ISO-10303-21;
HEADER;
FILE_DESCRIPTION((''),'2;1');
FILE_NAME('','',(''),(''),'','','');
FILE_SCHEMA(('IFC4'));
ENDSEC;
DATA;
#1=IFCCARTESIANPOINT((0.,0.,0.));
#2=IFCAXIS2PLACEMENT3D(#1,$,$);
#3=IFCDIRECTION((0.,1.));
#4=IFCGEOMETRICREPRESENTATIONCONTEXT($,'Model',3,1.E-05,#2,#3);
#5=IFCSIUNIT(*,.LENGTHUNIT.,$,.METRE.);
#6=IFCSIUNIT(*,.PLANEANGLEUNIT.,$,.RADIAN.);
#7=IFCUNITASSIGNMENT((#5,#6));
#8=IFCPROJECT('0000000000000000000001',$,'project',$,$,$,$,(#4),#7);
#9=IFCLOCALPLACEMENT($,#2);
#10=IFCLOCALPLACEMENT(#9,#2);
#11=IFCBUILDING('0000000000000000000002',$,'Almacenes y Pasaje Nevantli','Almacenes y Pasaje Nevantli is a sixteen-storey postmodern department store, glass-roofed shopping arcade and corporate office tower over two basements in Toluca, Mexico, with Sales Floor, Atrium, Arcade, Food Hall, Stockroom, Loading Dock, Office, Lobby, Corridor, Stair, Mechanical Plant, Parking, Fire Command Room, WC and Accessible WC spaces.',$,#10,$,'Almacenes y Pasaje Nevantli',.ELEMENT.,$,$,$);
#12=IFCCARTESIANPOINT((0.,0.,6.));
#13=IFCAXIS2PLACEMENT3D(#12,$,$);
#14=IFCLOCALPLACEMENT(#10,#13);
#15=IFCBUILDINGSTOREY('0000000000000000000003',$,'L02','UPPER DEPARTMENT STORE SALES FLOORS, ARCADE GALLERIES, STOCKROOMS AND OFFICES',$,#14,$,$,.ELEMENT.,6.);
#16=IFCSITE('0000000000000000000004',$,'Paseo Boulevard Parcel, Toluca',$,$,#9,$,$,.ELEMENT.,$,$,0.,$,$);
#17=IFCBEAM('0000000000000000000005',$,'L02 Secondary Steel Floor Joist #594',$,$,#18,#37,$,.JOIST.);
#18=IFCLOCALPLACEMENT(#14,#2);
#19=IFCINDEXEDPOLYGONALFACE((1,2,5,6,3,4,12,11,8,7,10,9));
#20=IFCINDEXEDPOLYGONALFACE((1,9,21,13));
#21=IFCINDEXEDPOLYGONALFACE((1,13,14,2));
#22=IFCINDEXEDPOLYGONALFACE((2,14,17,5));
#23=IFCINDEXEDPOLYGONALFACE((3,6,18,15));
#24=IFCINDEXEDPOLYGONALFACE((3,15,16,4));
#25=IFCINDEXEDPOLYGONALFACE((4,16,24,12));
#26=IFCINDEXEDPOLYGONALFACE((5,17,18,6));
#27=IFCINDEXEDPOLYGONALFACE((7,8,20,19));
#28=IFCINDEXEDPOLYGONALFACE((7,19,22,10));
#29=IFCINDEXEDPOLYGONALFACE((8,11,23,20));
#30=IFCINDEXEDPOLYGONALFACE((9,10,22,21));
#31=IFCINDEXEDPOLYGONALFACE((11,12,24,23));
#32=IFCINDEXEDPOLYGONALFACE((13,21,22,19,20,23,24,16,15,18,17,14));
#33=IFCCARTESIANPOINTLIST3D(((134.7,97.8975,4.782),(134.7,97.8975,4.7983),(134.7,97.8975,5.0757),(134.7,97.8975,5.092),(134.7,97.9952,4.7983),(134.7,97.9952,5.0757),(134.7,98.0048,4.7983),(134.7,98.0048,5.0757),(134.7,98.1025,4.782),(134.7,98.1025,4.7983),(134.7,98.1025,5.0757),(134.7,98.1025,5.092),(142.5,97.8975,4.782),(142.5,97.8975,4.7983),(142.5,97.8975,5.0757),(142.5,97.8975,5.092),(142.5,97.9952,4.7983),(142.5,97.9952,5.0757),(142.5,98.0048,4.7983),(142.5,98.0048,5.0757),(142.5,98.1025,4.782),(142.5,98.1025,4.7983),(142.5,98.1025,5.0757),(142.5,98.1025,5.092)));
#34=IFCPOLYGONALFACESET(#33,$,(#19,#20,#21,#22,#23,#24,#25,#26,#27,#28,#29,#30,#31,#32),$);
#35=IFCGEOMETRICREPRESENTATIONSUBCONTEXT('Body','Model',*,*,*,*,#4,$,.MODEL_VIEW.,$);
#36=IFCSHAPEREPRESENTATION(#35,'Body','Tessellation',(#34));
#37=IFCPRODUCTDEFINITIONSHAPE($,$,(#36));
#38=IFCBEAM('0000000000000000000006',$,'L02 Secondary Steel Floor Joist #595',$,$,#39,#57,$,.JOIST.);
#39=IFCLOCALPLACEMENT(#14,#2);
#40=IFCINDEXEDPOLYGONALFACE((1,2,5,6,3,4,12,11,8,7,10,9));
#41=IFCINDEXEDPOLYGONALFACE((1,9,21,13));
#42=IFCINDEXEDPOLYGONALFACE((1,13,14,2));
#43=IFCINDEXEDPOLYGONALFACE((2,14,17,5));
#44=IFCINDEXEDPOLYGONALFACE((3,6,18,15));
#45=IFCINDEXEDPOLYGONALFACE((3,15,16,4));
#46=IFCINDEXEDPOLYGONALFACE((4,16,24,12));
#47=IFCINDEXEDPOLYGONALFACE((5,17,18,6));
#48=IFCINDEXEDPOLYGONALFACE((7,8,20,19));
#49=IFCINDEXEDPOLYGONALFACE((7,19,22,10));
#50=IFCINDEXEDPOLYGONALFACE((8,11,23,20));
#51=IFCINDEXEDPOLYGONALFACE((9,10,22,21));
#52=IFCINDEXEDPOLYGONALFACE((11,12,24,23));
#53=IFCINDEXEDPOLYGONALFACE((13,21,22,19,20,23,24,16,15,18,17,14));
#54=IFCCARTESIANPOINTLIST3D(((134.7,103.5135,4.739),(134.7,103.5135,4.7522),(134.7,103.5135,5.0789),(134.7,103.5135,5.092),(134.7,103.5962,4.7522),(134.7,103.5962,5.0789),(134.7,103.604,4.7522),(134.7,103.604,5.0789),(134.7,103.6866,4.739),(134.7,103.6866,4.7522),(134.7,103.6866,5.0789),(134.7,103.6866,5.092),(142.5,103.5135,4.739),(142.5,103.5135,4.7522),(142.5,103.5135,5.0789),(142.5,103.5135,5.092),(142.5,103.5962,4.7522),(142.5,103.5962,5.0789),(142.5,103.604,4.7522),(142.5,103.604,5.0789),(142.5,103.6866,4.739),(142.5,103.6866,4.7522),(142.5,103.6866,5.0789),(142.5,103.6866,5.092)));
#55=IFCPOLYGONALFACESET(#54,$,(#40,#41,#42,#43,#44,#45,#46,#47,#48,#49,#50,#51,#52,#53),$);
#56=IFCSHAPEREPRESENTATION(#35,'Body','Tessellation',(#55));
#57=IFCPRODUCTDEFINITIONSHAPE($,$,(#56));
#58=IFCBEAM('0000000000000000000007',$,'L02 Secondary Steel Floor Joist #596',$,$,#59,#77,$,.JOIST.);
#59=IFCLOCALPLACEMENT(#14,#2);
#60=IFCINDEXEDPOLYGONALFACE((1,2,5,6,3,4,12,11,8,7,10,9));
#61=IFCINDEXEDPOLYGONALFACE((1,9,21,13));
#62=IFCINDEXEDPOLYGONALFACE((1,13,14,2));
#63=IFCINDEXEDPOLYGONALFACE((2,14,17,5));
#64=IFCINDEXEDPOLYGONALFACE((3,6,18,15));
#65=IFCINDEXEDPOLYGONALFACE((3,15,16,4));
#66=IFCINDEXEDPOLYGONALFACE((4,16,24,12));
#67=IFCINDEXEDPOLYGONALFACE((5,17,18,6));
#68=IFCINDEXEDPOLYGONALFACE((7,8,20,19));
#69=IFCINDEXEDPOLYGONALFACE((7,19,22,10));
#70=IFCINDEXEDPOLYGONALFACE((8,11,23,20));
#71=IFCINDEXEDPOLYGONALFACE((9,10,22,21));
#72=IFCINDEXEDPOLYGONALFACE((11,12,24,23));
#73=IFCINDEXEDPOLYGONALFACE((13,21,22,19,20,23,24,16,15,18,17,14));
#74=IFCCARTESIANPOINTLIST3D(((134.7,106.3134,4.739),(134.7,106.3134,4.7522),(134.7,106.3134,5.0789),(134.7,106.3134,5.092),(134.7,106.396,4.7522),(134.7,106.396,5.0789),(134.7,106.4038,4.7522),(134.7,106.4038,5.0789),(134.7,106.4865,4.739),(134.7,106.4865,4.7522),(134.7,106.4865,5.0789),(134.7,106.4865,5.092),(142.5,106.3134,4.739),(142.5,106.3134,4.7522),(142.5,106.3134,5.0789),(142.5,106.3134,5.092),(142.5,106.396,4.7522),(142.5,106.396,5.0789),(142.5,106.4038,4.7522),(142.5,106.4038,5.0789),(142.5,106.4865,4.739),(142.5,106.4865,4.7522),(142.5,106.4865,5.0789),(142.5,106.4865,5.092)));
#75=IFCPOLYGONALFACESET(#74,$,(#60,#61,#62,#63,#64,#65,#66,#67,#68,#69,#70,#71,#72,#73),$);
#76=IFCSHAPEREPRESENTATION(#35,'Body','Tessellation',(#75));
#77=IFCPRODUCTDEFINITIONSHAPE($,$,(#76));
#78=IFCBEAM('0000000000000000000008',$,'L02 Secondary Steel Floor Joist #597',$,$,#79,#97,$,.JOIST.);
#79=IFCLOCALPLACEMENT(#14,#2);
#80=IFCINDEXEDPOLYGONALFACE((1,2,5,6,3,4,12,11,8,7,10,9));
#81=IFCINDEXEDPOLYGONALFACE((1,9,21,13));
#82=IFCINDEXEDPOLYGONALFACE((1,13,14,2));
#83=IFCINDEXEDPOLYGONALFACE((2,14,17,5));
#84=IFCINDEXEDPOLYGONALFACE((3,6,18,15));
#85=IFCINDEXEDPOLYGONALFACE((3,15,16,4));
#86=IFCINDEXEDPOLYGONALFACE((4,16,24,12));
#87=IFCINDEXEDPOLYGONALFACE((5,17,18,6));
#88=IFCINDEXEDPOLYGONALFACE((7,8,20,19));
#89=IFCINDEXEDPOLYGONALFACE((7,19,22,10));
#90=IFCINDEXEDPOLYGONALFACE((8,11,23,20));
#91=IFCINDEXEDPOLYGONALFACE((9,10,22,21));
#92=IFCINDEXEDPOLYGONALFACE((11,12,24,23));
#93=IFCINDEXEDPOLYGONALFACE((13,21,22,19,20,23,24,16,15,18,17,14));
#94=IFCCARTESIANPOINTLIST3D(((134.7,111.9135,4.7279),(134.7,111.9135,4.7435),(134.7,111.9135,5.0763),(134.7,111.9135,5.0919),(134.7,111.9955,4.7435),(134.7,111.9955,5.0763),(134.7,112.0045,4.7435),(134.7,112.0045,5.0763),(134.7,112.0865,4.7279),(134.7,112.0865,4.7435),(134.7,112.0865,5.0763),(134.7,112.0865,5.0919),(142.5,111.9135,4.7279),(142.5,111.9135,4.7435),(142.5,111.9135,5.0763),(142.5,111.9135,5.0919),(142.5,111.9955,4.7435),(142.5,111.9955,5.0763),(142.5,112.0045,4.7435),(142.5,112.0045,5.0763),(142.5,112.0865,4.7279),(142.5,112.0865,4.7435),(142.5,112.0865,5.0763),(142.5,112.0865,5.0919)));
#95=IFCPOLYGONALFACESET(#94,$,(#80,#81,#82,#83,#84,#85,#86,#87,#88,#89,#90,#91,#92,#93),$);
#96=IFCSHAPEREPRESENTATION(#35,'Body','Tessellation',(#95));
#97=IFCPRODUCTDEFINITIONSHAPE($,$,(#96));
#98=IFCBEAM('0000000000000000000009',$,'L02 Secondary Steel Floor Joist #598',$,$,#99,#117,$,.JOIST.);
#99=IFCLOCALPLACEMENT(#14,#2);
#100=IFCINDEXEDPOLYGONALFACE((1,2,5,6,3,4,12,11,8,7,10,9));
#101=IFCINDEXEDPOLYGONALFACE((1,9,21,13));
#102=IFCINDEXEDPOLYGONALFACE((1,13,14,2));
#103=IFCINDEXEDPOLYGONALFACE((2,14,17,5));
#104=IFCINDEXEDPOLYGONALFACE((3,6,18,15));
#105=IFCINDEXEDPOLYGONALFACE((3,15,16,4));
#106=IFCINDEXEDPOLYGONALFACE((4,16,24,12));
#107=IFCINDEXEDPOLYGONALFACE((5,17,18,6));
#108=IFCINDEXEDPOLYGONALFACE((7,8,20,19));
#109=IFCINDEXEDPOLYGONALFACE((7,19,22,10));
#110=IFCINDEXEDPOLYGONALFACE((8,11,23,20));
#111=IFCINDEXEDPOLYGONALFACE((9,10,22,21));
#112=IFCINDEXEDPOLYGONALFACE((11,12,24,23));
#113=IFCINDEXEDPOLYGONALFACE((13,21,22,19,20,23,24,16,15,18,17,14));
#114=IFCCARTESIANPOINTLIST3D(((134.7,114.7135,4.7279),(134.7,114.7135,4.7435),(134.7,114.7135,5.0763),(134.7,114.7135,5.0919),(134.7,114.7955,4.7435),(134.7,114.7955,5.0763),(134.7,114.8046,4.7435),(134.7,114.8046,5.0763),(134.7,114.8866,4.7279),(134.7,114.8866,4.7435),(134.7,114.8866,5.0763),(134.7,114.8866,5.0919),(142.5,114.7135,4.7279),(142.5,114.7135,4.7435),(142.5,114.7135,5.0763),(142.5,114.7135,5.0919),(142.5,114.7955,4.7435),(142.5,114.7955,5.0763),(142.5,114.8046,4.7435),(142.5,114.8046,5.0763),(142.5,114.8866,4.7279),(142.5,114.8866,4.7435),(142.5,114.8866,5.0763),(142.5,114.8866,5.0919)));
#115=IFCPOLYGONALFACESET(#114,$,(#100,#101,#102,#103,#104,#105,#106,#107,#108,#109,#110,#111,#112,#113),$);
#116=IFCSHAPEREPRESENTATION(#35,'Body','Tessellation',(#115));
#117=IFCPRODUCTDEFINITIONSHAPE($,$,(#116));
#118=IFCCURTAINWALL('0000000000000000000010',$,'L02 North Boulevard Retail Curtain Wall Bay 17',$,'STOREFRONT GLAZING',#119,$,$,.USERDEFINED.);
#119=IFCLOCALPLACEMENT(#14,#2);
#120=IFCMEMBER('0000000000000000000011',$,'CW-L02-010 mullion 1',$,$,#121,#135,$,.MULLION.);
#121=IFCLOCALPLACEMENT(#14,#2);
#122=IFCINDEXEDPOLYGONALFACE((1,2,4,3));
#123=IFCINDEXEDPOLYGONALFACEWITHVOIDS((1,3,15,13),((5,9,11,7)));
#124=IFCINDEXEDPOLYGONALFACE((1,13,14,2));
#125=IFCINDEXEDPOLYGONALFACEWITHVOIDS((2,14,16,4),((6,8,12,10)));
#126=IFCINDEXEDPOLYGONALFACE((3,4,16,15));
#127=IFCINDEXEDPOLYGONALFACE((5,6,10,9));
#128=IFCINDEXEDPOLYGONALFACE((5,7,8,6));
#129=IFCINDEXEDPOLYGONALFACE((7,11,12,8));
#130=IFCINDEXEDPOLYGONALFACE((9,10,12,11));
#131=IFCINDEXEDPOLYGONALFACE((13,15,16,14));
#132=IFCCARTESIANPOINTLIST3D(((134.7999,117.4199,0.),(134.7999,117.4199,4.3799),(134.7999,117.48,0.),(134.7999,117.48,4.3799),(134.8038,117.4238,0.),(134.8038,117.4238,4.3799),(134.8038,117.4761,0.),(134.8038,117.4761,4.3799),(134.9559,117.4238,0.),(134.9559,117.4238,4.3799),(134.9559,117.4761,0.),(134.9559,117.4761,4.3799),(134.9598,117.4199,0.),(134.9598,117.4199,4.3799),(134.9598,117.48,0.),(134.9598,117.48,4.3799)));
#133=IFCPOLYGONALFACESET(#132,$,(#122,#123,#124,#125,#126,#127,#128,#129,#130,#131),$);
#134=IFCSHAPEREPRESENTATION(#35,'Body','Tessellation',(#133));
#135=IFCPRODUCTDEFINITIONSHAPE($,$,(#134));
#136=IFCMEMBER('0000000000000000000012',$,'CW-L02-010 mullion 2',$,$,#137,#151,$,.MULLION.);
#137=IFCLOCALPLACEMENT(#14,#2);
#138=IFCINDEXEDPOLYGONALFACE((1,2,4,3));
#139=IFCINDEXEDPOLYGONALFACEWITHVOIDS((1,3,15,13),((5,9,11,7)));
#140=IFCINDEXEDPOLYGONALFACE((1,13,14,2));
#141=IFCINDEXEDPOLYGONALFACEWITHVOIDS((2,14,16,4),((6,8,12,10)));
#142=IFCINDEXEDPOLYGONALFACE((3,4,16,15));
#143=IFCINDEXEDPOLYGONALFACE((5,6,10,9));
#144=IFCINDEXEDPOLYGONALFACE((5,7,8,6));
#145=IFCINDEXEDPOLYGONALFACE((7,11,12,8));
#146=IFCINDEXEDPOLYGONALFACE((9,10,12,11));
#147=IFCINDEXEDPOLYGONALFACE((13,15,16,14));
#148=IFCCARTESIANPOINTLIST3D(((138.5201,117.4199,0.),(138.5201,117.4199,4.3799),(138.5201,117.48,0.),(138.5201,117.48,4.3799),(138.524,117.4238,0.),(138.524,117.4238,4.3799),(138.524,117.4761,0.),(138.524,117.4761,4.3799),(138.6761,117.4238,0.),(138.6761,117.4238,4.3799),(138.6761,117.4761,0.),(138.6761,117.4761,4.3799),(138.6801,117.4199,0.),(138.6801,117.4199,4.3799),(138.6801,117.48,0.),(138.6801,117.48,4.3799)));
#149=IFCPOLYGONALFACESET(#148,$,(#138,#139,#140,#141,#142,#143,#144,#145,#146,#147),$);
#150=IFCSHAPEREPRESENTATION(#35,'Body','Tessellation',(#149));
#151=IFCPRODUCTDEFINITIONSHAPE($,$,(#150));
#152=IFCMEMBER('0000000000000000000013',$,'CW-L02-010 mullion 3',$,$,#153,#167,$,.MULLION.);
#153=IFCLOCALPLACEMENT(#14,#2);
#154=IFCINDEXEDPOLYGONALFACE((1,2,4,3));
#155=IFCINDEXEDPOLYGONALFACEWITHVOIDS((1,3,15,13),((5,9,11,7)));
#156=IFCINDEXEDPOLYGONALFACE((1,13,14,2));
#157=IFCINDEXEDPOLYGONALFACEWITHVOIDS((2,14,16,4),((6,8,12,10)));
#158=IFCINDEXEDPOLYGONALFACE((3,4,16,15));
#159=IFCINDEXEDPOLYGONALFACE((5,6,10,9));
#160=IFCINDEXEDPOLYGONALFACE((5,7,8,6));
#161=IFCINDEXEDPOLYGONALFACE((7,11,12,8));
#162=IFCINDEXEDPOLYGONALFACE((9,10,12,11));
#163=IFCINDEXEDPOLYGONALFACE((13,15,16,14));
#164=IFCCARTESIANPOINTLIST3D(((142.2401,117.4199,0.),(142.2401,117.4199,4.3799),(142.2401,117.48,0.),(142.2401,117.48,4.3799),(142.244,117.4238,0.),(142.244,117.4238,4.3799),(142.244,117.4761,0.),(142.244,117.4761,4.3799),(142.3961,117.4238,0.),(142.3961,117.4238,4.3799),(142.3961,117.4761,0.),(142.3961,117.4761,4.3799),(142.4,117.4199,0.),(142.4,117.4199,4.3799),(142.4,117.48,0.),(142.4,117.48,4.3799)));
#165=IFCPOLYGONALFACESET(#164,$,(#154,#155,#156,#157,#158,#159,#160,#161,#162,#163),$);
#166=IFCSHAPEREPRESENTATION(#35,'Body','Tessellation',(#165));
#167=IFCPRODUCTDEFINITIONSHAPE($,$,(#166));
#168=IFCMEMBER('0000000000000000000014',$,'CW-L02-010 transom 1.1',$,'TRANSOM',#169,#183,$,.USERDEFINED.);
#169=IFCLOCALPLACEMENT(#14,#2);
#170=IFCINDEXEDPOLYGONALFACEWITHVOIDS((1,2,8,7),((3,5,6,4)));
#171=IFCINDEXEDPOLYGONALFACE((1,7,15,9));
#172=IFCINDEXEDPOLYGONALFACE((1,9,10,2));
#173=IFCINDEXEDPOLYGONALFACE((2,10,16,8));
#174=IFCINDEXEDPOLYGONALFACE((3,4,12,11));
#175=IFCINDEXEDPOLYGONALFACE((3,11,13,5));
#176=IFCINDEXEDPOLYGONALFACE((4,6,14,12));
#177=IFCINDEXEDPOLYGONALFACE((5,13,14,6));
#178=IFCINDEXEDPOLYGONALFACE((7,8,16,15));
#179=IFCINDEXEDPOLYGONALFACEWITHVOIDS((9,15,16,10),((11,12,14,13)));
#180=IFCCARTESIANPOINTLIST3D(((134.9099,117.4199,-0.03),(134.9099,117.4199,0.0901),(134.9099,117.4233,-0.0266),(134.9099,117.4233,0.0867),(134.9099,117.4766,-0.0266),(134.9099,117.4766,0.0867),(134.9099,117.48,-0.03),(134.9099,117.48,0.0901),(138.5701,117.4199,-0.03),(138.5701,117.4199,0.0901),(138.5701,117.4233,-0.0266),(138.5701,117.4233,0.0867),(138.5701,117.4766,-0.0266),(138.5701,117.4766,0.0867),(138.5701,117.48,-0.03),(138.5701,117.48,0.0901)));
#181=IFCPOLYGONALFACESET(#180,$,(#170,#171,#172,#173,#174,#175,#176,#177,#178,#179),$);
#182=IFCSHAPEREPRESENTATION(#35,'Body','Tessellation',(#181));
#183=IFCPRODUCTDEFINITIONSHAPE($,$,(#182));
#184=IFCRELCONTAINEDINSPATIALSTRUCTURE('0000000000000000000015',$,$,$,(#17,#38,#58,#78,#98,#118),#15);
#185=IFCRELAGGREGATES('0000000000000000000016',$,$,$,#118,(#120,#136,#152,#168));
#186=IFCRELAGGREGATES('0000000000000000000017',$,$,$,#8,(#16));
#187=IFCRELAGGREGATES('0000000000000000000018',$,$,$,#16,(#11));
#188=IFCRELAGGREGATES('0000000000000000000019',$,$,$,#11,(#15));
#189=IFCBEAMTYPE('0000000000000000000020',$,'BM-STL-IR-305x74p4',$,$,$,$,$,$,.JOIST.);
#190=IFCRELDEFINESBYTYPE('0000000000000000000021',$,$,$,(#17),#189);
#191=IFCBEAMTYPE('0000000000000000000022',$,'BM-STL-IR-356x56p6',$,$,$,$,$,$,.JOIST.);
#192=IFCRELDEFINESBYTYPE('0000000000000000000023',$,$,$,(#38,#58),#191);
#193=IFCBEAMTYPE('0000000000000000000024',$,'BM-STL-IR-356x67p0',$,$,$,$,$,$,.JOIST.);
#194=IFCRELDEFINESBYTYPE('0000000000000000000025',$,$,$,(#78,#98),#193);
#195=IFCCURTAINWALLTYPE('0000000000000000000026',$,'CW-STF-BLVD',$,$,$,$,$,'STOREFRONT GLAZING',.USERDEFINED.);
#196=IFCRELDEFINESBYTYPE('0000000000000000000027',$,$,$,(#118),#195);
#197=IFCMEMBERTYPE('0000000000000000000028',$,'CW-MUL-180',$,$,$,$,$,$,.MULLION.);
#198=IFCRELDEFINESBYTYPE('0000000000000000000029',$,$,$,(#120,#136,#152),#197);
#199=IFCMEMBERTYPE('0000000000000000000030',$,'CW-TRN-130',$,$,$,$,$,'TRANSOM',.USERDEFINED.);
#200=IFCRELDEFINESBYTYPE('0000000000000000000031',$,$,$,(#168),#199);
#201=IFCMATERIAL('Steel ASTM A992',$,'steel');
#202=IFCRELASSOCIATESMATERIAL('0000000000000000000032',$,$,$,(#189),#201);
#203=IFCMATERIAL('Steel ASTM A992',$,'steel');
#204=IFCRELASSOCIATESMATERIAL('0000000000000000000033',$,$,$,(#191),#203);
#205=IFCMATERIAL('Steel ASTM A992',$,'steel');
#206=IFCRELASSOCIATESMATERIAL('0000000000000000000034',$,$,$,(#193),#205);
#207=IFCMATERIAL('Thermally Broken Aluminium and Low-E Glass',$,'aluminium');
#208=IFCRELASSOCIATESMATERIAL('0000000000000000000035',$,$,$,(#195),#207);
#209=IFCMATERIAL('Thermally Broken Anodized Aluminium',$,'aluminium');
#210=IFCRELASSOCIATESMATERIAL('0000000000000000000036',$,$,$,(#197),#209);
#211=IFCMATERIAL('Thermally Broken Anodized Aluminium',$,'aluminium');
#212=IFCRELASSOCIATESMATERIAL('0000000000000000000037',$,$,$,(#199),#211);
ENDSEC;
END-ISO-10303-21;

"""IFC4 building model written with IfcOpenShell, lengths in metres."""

from ifc_helpers import new_model, si_unit, direction, frame, origin, origin_2d, place, context, subcontext, project, spatial, hollow_rectangle, i_section, extrude, material, material_profile, profile_set, type_object, element, aggregate, save


model = new_model("IFC4")

# Units and contexts
model_context = context("Model", 3, precision=1e-05, world=origin(), true_north=direction((0.0, 1.0)))
body_context = subcontext(model_context, "Body", "Model", "MODEL_VIEW")
ifc_project = project(units=[si_unit("LENGTHUNIT", "METRE"), si_unit("PLANEANGLEUNIT", "RADIAN")], contexts=[model_context])

# Site, building, storey
site_placement = place(None, origin())
site = spatial("IfcSite", under=ifc_project, at=site_placement, Name="Paseo Boulevard Parcel, Toluca", CompositionType="ELEMENT", RefElevation=0.0)
building_placement = place(site_placement, origin())
building = spatial("IfcBuilding", under=site, at=building_placement, Name="Almacenes y Pasaje Nevantli", Description="Almacenes y Pasaje Nevantli is a sixteen-storey postmodern department store, glass-roofed shopping arcade and corporate office tower over two basements in Toluca, Mexico, with Sales Floor, Atrium, Arcade, Food Hall, Stockroom, Loading Dock, Office, Lobby, Corridor, Stair, Mechanical Plant, Parking, Fire Command Room, WC and Accessible WC spaces.", LongName="Almacenes y Pasaje Nevantli", CompositionType="ELEMENT")
storey_placement = place(building_placement, frame((0.0, 0.0, 6.0)))
storey = spatial("IfcBuildingStorey", under=building, at=storey_placement, Name="L02", Description="UPPER DEPARTMENT STORE SALES FLOORS, ARCADE GALLERIES, STOCKROOMS AND OFFICES", CompositionType="ELEMENT", Elevation=6.0)

# Beams
ifc_material_1 = material(Name="Steel ASTM A992", Category="steel")
ifc_material_profile_1 = material_profile(ifc_material_1, i_section(OverallWidth=0.2051, OverallDepth=0.3101, WebThickness=0.0095, FlangeThickness=0.0164, at=origin_2d()), Name="IR 305x74.4")
ifc_profile_set_1 = profile_set([ifc_material_profile_1], Name="Steel ASTM A992")
beam_type_1 = type_object("IfcBeamType", Name="BM-STL-IR-305x74p4", PredefinedType="JOIST", material=ifc_profile_set_1)
for number, where, z_axis, x_axis, name in (
    (1, (134.7, 98.0, 4.937), (1.0, 0.0, 0.0), (0.0, 1.0, 0.0), "L02 Secondary Steel Floor Joist #594"),
):
    element("IfcBeam", number, at=place(storey_placement, frame(where, z_axis=z_axis, x_axis=x_axis)), inside=storey, type_object=beam_type_1, Name=name, PredefinedType="JOIST", context=body_context, shape_type="SweptSolid", body=[
        extrude(i_section(OverallWidth=0.2051, OverallDepth=0.3101, WebThickness=0.0095, FlangeThickness=0.0164, at=origin_2d()), origin(), (0.0, 0.0, 1.0), 7.8),
    ])
ifc_material_2 = material(Name="Steel ASTM A992", Category="steel")
ifc_material_profile_2 = material_profile(ifc_material_2, i_section(OverallWidth=0.1731, OverallDepth=0.353, WebThickness=0.0078, FlangeThickness=0.0132, at=origin_2d()), Name="IR 356x56.6")
ifc_profile_set_2 = profile_set([ifc_material_profile_2], Name="Steel ASTM A992")
beam_type_2 = type_object("IfcBeamType", Name="BM-STL-IR-356x56p6", PredefinedType="JOIST", material=ifc_profile_set_2)
for number, where, z_axis, x_axis, name in (
    (2, (134.7, 103.6001, 4.9155), (1.0, 0.0, 0.0), (0.0, 1.0, 0.0), "L02 Secondary Steel Floor Joist #595"),
    (3, (134.7, 106.3999, 4.9155), (1.0, 0.0, 0.0), (0.0, 1.0, 0.0), "L02 Secondary Steel Floor Joist #596"),
):
    element("IfcBeam", number, at=place(storey_placement, frame(where, z_axis=z_axis, x_axis=x_axis)), inside=storey, type_object=beam_type_2, Name=name, PredefinedType="JOIST", context=body_context, shape_type="SweptSolid", body=[
        extrude(i_section(OverallWidth=0.1731, OverallDepth=0.353, WebThickness=0.0078, FlangeThickness=0.0132, at=origin_2d()), origin(), (0.0, 0.0, 1.0), 7.8),
    ])
ifc_material_3 = material(Name="Steel ASTM A992", Category="steel")
ifc_material_profile_3 = material_profile(ifc_material_3, i_section(OverallWidth=0.1731, OverallDepth=0.364, WebThickness=0.009, FlangeThickness=0.0156, at=origin_2d()), Name="IR 356x67.0")
ifc_profile_set_3 = profile_set([ifc_material_profile_3], Name="Steel ASTM A992")
beam_type_3 = type_object("IfcBeamType", Name="BM-STL-IR-356x67p0", PredefinedType="JOIST", material=ifc_profile_set_3)
for number, where, z_axis, x_axis, name in (
    (4, (134.7, 112.0, 4.9099), (1.0, 0.0, 0.0), (0.0, 1.0, 0.0), "L02 Secondary Steel Floor Joist #597"),
    (5, (134.7, 114.8, 4.9099), (1.0, 0.0, 0.0), (0.0, 1.0, 0.0), "L02 Secondary Steel Floor Joist #598"),
):
    element("IfcBeam", number, at=place(storey_placement, frame(where, z_axis=z_axis, x_axis=x_axis)), inside=storey, type_object=beam_type_3, Name=name, PredefinedType="JOIST", context=body_context, shape_type="SweptSolid", body=[
        extrude(i_section(OverallWidth=0.1731, OverallDepth=0.364, WebThickness=0.009, FlangeThickness=0.0156, at=origin_2d()), origin(), (0.0, 0.0, 1.0), 7.8),
    ])

# Curtain wall, members
ifc_material_4 = material(Name="Thermally Broken Aluminium and Low-E Glass", Category="aluminium")
curtain_wall_type = type_object("IfcCurtainWallType", Name="CW-STF-BLVD", ElementType="STOREFRONT GLAZING", PredefinedType="USERDEFINED", material=ifc_material_4)
curtain_wall_placement = place(storey_placement, origin())
curtain_wall = element("IfcCurtainWall", 6, at=curtain_wall_placement, inside=storey, type_object=curtain_wall_type, Name="L02 North Boulevard Retail Curtain Wall Bay 17", ObjectType="STOREFRONT GLAZING", PredefinedType="USERDEFINED")
ifc_material_5 = material(Name="Thermally Broken Anodized Aluminium", Category="aluminium")
ifc_material_profile_4 = material_profile(ifc_material_5, hollow_rectangle(XDim=0.0601, YDim=0.1599, WallThickness=0.0039, at=origin_2d()), Name="ALU-MUL-60x160")
ifc_profile_set_4 = profile_set([ifc_material_profile_4], Name="Thermally Broken Anodized Aluminium")
member_type_1 = type_object("IfcMemberType", Name="CW-MUL-180", PredefinedType="MULLION", material=ifc_profile_set_4)
member_1_placement = place(storey_placement, frame((134.8799, 117.45, 0.0), z_axis=(0.0, 0.0, 1.0), x_axis=(0.0, 1.0, 0.0)))
member_1 = element("IfcMember", 7, at=member_1_placement, type_object=member_type_1, Name="CW-L02-010 mullion 1", PredefinedType="MULLION", context=body_context, shape_type="SweptSolid", body=[
    extrude(hollow_rectangle(XDim=0.0601, YDim=0.1599, WallThickness=0.0039, at=origin_2d()), origin(), (0.0, 0.0, 1.0), 4.3799),
])
member_2_placement = place(storey_placement, frame((138.6001, 117.45, 0.0), z_axis=(0.0, 0.0, 1.0), x_axis=(0.0, 1.0, 0.0)))
member_2 = element("IfcMember", 8, at=member_2_placement, type_object=member_type_1, Name="CW-L02-010 mullion 2", PredefinedType="MULLION", context=body_context, shape_type="SweptSolid", body=[
    extrude(hollow_rectangle(XDim=0.0601, YDim=0.1599, WallThickness=0.0039, at=origin_2d()), origin(), (0.0, 0.0, 1.0), 4.3799),
])
member_3_placement = place(storey_placement, frame((142.3201, 117.45, 0.0), z_axis=(0.0, 0.0, 1.0), x_axis=(0.0, 1.0, 0.0)))
member_3 = element("IfcMember", 9, at=member_3_placement, type_object=member_type_1, Name="CW-L02-010 mullion 3", PredefinedType="MULLION", context=body_context, shape_type="SweptSolid", body=[
    extrude(hollow_rectangle(XDim=0.0601, YDim=0.1599, WallThickness=0.0039, at=origin_2d()), origin(), (0.0, 0.0, 1.0), 4.3799),
])
ifc_material_6 = material(Name="Thermally Broken Anodized Aluminium", Category="aluminium")
ifc_material_profile_5 = material_profile(ifc_material_6, hollow_rectangle(XDim=0.0601, YDim=0.1201, WallThickness=0.0034, at=origin_2d()), Name="ALU-TRN-60x120")
ifc_profile_set_5 = profile_set([ifc_material_profile_5], Name="Thermally Broken Anodized Aluminium")
member_type_2 = type_object("IfcMemberType", Name="CW-TRN-130", ElementType="TRANSOM", PredefinedType="USERDEFINED", material=ifc_profile_set_5)
member_4_placement = place(storey_placement, frame((134.9099, 117.45, 0.03), z_axis=(1.0, 0.0, 0.0), x_axis=(0.0, 1.0, 0.0)))
member_4 = element("IfcMember", 10, at=member_4_placement, type_object=member_type_2, Name="CW-L02-010 transom 1.1", ObjectType="TRANSOM", PredefinedType="USERDEFINED", context=body_context, shape_type="SweptSolid", body=[
    extrude(hollow_rectangle(XDim=0.0601, YDim=0.1201, WallThickness=0.0034, at=origin_2d()), origin(), (0.0, 0.0, 1.0), 3.6602),
])
aggregate(curtain_wall, [member_1, member_2, member_3, member_4])

save(model, "model.ifc")
